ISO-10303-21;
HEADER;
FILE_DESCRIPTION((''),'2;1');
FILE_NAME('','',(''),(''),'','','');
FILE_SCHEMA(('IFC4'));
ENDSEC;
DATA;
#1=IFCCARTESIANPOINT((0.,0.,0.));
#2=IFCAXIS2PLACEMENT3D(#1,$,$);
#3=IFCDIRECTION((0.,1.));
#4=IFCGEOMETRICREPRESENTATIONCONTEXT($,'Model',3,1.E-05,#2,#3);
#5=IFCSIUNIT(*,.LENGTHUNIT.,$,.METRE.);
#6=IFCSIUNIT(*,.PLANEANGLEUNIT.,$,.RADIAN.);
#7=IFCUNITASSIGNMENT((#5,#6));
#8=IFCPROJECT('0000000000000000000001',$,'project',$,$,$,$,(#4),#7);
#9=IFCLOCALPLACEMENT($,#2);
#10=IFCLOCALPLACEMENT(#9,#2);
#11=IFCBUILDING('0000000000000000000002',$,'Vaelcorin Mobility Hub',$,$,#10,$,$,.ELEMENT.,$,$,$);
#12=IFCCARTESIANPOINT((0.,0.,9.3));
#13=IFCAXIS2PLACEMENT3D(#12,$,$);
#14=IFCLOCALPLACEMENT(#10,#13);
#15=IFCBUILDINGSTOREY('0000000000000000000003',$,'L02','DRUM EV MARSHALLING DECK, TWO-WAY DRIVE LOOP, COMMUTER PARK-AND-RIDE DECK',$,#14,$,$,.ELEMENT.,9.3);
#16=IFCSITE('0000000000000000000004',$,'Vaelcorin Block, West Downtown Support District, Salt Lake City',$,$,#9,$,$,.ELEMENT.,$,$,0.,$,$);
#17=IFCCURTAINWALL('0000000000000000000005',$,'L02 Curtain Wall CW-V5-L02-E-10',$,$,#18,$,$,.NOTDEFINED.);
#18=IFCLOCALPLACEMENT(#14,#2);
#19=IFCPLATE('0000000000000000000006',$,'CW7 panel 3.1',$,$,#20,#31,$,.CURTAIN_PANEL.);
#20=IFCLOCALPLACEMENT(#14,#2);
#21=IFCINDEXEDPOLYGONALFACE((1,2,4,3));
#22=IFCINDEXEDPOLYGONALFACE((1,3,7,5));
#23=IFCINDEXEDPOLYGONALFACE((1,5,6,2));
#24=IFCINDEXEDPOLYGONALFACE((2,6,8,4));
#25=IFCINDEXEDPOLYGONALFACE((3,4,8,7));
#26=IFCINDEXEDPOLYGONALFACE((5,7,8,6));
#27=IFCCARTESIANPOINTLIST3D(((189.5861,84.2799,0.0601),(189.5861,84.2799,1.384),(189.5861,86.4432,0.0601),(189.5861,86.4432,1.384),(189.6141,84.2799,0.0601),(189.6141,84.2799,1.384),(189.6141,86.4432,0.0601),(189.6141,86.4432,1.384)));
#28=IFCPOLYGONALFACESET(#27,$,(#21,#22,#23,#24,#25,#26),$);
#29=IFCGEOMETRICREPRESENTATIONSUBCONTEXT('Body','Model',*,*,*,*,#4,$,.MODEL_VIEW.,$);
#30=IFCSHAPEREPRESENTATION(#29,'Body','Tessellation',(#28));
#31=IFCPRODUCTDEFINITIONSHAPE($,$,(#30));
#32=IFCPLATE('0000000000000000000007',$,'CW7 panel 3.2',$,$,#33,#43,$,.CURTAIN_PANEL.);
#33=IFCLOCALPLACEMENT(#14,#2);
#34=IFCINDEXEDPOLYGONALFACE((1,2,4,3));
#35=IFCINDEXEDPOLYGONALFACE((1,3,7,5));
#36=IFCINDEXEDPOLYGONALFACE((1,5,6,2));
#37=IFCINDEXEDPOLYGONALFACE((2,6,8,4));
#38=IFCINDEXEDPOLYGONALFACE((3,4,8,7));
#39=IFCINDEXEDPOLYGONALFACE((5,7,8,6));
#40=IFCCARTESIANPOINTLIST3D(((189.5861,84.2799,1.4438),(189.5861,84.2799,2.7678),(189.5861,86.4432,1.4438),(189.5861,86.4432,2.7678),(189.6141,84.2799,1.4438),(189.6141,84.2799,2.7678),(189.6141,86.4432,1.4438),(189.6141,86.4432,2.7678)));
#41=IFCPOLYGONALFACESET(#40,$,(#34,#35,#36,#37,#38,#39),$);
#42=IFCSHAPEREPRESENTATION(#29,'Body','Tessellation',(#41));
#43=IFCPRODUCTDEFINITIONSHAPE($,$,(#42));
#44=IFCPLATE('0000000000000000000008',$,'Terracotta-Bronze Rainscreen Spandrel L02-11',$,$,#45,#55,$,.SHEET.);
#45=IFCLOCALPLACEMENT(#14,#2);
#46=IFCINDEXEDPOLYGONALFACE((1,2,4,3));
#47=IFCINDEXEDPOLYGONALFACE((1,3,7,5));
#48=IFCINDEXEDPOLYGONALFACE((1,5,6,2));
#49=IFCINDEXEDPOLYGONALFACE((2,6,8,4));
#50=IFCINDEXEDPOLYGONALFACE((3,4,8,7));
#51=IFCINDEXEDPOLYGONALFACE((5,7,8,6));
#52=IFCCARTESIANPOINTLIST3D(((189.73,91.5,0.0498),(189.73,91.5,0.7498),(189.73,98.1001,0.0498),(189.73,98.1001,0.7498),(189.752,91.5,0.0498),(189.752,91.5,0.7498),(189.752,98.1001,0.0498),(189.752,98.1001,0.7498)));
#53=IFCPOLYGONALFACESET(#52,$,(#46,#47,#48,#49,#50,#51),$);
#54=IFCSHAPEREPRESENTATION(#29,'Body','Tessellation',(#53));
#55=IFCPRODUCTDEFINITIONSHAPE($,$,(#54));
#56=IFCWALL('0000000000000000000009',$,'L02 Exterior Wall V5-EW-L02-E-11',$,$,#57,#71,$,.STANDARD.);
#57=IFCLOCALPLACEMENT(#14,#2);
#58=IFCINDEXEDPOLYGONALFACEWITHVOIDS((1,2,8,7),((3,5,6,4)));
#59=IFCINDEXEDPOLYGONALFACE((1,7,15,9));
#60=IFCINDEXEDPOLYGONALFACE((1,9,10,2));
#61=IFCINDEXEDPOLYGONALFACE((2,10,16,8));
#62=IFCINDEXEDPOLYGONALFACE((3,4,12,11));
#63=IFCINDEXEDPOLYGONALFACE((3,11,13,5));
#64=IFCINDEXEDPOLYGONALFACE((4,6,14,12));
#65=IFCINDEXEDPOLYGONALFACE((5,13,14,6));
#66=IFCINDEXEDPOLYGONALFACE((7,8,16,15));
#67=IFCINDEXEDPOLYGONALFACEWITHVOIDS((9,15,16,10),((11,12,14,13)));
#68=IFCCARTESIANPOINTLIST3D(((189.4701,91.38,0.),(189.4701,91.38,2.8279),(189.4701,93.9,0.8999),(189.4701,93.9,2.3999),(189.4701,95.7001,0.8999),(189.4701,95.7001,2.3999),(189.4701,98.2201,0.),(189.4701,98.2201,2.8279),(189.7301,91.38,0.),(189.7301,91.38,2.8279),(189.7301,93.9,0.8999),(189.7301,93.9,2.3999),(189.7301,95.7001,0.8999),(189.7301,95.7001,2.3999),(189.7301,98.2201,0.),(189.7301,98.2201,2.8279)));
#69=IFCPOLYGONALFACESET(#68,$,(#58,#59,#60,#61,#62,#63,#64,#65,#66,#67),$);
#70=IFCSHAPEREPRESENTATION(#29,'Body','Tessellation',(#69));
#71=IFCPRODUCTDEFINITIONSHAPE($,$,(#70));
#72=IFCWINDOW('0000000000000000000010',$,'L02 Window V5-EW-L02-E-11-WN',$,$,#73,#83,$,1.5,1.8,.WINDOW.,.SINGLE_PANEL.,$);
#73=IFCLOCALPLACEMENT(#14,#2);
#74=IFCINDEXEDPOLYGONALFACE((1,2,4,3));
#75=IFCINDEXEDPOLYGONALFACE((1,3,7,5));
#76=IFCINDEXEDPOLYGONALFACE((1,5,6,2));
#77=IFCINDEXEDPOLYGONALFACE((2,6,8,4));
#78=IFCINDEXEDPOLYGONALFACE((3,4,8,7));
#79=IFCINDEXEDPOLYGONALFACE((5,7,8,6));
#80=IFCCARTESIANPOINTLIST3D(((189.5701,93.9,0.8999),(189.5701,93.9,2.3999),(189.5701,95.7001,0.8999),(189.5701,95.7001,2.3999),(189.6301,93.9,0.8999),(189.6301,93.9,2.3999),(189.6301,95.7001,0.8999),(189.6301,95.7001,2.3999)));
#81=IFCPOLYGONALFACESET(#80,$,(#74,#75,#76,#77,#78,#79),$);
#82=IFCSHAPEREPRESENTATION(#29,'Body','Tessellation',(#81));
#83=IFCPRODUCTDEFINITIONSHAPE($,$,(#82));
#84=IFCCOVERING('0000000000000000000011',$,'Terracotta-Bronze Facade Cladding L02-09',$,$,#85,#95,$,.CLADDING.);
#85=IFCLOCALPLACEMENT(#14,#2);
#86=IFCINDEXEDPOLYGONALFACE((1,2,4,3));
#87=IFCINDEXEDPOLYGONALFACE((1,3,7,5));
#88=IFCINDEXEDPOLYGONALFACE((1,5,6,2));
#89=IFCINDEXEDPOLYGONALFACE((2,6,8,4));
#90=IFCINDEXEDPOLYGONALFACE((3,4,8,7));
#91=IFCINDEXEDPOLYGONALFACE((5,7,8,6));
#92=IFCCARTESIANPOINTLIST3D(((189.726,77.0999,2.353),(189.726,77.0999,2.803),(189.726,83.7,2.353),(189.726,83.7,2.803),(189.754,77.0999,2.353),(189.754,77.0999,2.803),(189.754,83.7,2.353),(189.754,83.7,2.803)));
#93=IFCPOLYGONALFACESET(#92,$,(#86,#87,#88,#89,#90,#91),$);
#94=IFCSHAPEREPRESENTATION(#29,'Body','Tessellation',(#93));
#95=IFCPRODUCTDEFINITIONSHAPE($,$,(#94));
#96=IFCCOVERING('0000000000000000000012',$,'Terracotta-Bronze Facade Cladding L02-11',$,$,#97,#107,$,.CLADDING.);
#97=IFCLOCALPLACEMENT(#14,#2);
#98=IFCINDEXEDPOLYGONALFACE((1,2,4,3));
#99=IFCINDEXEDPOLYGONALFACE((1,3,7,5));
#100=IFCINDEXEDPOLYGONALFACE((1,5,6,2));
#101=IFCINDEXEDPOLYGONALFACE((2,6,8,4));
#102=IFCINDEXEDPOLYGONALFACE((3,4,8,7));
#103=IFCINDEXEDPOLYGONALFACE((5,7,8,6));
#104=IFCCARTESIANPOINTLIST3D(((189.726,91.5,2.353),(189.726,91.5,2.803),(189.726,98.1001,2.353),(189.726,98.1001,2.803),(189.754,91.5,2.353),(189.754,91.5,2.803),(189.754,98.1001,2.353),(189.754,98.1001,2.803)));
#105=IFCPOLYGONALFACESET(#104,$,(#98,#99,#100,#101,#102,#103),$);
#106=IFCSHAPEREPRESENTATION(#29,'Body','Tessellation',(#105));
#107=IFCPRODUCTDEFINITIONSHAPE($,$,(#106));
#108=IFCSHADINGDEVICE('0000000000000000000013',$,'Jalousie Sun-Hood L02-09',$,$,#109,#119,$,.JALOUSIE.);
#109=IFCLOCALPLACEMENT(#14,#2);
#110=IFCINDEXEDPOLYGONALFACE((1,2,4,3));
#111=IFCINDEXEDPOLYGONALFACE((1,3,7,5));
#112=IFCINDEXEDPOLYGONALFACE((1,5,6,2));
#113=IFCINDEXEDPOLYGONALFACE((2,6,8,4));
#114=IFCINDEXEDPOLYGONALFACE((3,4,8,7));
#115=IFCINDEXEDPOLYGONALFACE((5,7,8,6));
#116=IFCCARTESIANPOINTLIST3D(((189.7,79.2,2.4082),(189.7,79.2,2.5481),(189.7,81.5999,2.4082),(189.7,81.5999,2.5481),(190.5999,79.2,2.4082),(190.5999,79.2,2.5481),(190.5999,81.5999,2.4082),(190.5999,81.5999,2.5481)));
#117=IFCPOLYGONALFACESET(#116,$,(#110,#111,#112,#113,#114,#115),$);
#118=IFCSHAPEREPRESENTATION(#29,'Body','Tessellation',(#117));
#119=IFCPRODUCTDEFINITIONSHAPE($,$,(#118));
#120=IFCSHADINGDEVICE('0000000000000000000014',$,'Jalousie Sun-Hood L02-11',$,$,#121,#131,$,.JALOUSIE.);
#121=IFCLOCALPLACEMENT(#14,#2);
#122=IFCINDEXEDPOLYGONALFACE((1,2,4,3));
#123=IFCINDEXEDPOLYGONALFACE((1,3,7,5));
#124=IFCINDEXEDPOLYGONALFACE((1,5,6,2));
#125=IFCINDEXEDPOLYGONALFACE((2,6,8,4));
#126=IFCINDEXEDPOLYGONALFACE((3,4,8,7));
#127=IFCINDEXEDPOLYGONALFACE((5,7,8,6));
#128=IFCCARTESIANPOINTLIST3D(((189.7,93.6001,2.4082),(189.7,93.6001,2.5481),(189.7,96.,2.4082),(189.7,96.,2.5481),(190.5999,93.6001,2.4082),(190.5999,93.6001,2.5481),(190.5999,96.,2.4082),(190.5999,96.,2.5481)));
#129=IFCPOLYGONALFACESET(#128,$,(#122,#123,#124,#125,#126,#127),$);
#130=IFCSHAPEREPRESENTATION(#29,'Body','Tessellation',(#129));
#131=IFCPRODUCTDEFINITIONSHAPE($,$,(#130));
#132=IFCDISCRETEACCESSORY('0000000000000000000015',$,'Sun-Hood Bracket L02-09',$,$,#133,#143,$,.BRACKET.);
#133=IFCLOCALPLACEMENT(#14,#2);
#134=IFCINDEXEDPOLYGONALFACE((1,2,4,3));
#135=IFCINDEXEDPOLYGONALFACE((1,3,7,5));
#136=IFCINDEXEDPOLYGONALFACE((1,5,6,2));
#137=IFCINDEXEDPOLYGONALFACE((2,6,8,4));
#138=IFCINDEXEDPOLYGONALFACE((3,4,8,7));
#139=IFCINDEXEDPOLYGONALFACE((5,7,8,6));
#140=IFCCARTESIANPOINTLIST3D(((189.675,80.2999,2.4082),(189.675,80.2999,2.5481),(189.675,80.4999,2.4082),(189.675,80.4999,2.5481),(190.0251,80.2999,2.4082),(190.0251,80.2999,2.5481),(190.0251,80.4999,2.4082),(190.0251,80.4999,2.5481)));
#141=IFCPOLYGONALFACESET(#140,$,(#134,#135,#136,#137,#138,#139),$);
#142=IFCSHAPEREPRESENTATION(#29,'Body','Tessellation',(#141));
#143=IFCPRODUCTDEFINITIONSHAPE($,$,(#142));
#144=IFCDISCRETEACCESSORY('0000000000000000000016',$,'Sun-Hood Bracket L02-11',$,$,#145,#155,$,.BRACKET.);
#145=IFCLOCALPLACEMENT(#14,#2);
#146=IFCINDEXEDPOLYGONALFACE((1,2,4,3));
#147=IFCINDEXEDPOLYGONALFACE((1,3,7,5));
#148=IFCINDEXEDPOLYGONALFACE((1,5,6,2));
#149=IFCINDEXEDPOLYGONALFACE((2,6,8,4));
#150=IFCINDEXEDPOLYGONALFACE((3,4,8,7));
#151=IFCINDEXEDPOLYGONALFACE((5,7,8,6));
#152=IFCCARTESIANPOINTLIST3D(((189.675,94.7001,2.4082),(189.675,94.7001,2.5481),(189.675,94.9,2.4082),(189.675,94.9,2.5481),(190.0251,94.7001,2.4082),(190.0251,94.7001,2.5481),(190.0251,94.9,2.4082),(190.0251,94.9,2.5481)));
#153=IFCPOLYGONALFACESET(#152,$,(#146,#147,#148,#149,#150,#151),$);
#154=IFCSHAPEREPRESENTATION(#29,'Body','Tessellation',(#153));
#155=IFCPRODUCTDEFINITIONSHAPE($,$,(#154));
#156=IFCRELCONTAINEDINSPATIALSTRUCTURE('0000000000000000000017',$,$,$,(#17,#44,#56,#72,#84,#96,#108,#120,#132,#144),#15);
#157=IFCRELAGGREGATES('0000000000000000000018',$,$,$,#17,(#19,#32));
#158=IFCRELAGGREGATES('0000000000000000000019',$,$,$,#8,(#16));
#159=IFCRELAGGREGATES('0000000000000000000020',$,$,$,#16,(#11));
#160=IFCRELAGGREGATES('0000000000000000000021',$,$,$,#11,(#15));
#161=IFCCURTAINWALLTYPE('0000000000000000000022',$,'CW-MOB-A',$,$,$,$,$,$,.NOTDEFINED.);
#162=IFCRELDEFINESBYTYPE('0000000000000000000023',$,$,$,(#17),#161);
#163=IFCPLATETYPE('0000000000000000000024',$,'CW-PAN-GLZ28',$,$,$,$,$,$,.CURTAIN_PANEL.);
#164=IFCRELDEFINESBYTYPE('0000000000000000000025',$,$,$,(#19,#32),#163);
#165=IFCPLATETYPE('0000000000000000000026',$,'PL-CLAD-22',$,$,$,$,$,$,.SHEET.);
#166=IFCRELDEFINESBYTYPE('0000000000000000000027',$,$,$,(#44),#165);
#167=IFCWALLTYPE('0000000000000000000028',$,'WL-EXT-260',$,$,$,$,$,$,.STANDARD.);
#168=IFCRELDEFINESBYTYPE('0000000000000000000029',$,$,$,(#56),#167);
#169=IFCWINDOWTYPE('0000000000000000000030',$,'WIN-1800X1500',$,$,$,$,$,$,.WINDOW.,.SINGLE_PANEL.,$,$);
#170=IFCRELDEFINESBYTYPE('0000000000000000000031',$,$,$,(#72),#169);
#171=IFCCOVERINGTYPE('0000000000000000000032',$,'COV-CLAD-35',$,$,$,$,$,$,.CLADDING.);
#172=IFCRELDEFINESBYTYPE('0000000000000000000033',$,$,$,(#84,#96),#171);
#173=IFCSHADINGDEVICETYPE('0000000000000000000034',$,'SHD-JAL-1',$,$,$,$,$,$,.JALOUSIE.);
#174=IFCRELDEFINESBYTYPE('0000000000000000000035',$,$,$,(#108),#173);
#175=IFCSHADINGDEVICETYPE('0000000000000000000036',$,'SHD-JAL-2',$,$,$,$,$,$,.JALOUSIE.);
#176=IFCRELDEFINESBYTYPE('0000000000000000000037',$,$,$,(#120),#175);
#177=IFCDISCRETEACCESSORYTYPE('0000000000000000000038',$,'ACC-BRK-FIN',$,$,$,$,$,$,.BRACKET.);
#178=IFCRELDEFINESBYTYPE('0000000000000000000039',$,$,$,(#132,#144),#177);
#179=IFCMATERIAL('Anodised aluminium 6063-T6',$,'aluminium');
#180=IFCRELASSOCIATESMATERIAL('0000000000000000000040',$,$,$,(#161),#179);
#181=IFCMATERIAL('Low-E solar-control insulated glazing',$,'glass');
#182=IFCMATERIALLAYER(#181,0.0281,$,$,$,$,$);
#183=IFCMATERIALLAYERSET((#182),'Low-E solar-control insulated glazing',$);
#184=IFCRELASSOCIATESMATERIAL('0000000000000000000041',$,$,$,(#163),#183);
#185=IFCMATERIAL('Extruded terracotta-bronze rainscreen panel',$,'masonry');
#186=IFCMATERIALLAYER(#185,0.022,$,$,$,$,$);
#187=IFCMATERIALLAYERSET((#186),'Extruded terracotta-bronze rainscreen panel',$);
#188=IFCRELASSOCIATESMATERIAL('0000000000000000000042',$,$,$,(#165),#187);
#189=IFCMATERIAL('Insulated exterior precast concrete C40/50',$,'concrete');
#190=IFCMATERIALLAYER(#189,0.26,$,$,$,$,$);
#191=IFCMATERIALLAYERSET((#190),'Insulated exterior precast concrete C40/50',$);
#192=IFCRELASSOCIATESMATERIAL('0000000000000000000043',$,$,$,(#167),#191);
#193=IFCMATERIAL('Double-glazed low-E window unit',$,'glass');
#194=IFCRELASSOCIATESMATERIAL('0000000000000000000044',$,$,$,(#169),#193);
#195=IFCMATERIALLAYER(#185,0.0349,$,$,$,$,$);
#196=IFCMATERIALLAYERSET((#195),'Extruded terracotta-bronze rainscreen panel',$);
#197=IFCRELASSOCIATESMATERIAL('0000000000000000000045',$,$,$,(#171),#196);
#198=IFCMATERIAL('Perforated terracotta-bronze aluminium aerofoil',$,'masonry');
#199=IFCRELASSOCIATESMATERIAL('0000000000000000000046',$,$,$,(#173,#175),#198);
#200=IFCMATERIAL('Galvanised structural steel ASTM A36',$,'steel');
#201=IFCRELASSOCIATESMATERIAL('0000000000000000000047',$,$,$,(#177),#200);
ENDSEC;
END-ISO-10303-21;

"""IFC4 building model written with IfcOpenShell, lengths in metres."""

from ifc_helpers import new_model, si_unit, direction, frame, frame_2d, origin, origin_2d, place, context, subcontext, project, spatial, rectangle, extrude, material, layer, layer_set, type_object, element, fill, aggregate, save


model = new_model("IFC4")

# Units and contexts
model_context = context("Model", 3, precision=1e-05, world=origin(), true_north=direction((0.0, 1.0)))
body_context = subcontext(model_context, "Body", "Model", "MODEL_VIEW")
ifc_project = project(units=[si_unit("LENGTHUNIT", "METRE"), si_unit("PLANEANGLEUNIT", "RADIAN")], contexts=[model_context])

# Site, building, storey
site_placement = place(None, origin())
site = spatial("IfcSite", under=ifc_project, at=site_placement, Name="Vaelcorin Block, West Downtown Support District, Salt Lake City", CompositionType="ELEMENT", RefElevation=0.0)
building_placement = place(site_placement, origin())
building = spatial("IfcBuilding", under=site, at=building_placement, Name="Vaelcorin Mobility Hub", CompositionType="ELEMENT")
storey_placement = place(building_placement, frame((0.0, 0.0, 9.3)))
storey = spatial("IfcBuildingStorey", under=building, at=storey_placement, Name="L02", Description="DRUM EV MARSHALLING DECK, TWO-WAY DRIVE LOOP, COMMUTER PARK-AND-RIDE DECK", CompositionType="ELEMENT", Elevation=9.3)

# Curtain wall, plates
ifc_material_1 = material(Name="Anodised aluminium 6063-T6", Category="aluminium")
curtain_wall_type = type_object("IfcCurtainWallType", Name="CW-MOB-A", PredefinedType="NOTDEFINED", material=ifc_material_1)
curtain_wall_placement = place(storey_placement, origin())
curtain_wall = element("IfcCurtainWall", 1, at=curtain_wall_placement, inside=storey, type_object=curtain_wall_type, Name="L02 Curtain Wall CW-V5-L02-E-10", PredefinedType="NOTDEFINED")
ifc_material_2 = material(Name="Low-E solar-control insulated glazing", Category="glass")
ifc_layer_1 = layer(ifc_material_2, 0.0281)
ifc_layer_set_1 = layer_set([ifc_layer_1], Name="Low-E solar-control insulated glazing")
plate_type_1 = type_object("IfcPlateType", Name="CW-PAN-GLZ28", PredefinedType="CURTAIN_PANEL", material=ifc_layer_set_1)
plate_1_placement = place(storey_placement, frame((189.6001, 85.3616, 0.0601), z_axis=(0.0, 0.0, 1.0), x_axis=(0.0, -1.0, 0.0)))
plate_1 = element("IfcPlate", 2, at=plate_1_placement, type_object=plate_type_1, Name="CW7 panel 3.1", PredefinedType="CURTAIN_PANEL", context=body_context, shape_type="SweptSolid", body=[
    extrude(rectangle(XDim=2.1633, YDim=0.0281, at=origin_2d()), origin(), (0.0, 0.0, 1.0), 1.324),
])
plate_2_placement = place(storey_placement, frame((189.6001, 85.3616, 1.4438), z_axis=(0.0, 0.0, 1.0), x_axis=(0.0, -1.0, 0.0)))
plate_2 = element("IfcPlate", 3, at=plate_2_placement, type_object=plate_type_1, Name="CW7 panel 3.2", PredefinedType="CURTAIN_PANEL", context=body_context, shape_type="SweptSolid", body=[
    extrude(rectangle(XDim=2.1633, YDim=0.0281, at=origin_2d()), origin(), (0.0, 0.0, 1.0), 1.324),
])
aggregate(curtain_wall, [plate_1, plate_2])

# Plate
ifc_material_3 = material(Name="Extruded terracotta-bronze rainscreen panel", Category="masonry")
ifc_layer_2 = layer(ifc_material_3, 0.022)
ifc_layer_set_2 = layer_set([ifc_layer_2], Name="Extruded terracotta-bronze rainscreen panel")
plate_type_2 = type_object("IfcPlateType", Name="PL-CLAD-22", PredefinedType="SHEET", material=ifc_layer_set_2)
plate_3_placement = place(storey_placement, frame((189.741, 94.8, 0.0498), z_axis=(0.0, 0.0, 1.0), x_axis=(1.0, 0.0, 0.0)))
element("IfcPlate", 4, at=plate_3_placement, inside=storey, type_object=plate_type_2, Name="Terracotta-Bronze Rainscreen Spandrel L02-11", PredefinedType="SHEET", context=body_context, shape_type="SweptSolid", body=[
    extrude(rectangle(XDim=0.022, YDim=6.6001, at=origin_2d()), origin(), (0.0, 0.0, 1.0), 0.7),
])

# Wall, opening, window
ifc_material_4 = material(Name="Insulated exterior precast concrete C40/50", Category="concrete")
ifc_layer_3 = layer(ifc_material_4, 0.26)
ifc_layer_set_3 = layer_set([ifc_layer_3], Name="Insulated exterior precast concrete C40/50")
wall_type = type_object("IfcWallType", Name="WL-EXT-260", PredefinedType="STANDARD", material=ifc_layer_set_3)
wall_placement = place(storey_placement, frame((189.6001, 98.22, 0.0), z_axis=(0.0, 0.0, 1.0), x_axis=(0.0, -1.0, 0.0)))
wall = element("IfcWall", 5, at=wall_placement, inside=storey, type_object=wall_type, Name="L02 Exterior Wall V5-EW-L02-E-11", PredefinedType="STANDARD", context=body_context, shape_type="SweptSolid", body=[
    extrude(rectangle(XDim=6.8401, YDim=0.26, at=frame_2d((3.4199, 0.0))), origin(), (0.0, 0.0, 1.0), 2.8279),
])
opening_placement = place(wall_placement, frame((2.52, 0.0, 0.8999)))
opening = element("IfcOpeningElement", 6, at=opening_placement, cuts=wall, PredefinedType="OPENING", context=body_context, shape_type="SweptSolid", body=[
    extrude(rectangle(XDim=1.8, YDim=1.5, at=frame_2d((0.8999, 0.75))), frame((0.0, 0.1399, 0.0), z_axis=(0.0, -1.0, 0.0), x_axis=(1.0, 0.0, 0.0)), (0.0, 0.0, 1.0), 0.28),
])
ifc_material_5 = material(Name="Double-glazed low-E window unit", Category="glass")
window_type = type_object("IfcWindowType", Name="WIN-1800X1500", PartitioningType="SINGLE_PANEL", PredefinedType="WINDOW", material=ifc_material_5)
window_placement = place(opening_placement, origin())
window = element("IfcWindow", 7, at=window_placement, inside=storey, type_object=window_type, Name="L02 Window V5-EW-L02-E-11-WN", OverallHeight=1.5, OverallWidth=1.8, PartitioningType="SINGLE_PANEL", PredefinedType="WINDOW", context=body_context, shape_type="SweptSolid", body=[
    extrude(rectangle(XDim=1.8, YDim=1.5, at=frame_2d((0.8999, 0.75))), frame((0.0, 0.03, 0.0), z_axis=(0.0, -1.0, 0.0), x_axis=(1.0, 0.0, 0.0)), (0.0, 0.0, 1.0), 0.0601),
])
fill(opening, window)

# Coverings
ifc_layer_4 = layer(ifc_material_3, 0.0349)
ifc_layer_set_4 = layer_set([ifc_layer_4], Name="Extruded terracotta-bronze rainscreen panel")
covering_type = type_object("IfcCoveringType", Name="COV-CLAD-35", PredefinedType="CLADDING", material=ifc_layer_set_4)
for number, where, z_axis, x_axis, name in (
    (8, (189.74, 80.3999, 2.353), (0.0, 0.0, 1.0), (1.0, 0.0, 0.0), "Terracotta-Bronze Facade Cladding L02-09"),
    (9, (189.74, 94.8, 2.353), (0.0, 0.0, 1.0), (1.0, 0.0, 0.0), "Terracotta-Bronze Facade Cladding L02-11"),
):
    element("IfcCovering", number, at=place(storey_placement, frame(where, z_axis=z_axis, x_axis=x_axis)), inside=storey, type_object=covering_type, Name=name, PredefinedType="CLADDING", context=body_context, shape_type="SweptSolid", body=[
        extrude(rectangle(XDim=0.0281, YDim=6.6001, at=origin_2d()), origin(), (0.0, 0.0, 1.0), 0.45),
    ])

# Shading devices
ifc_material_6 = material(Name="Perforated terracotta-bronze aluminium aerofoil", Category="masonry")
shading_device_type_1 = type_object("IfcShadingDeviceType", Name="SHD-JAL-1", PredefinedType="JALOUSIE", material=ifc_material_6)
shading_device_1_placement = place(storey_placement, frame((190.1499, 80.3999, 2.4082), z_axis=(0.0, 0.0, 1.0), x_axis=(1.0, 0.0, 0.0)))
element("IfcShadingDevice", 10, at=shading_device_1_placement, inside=storey, type_object=shading_device_type_1, Name="Jalousie Sun-Hood L02-09", PredefinedType="JALOUSIE", context=body_context, shape_type="SweptSolid", body=[
    extrude(rectangle(XDim=0.8999, YDim=2.3999, at=origin_2d()), origin(), (0.0, 0.0, 1.0), 0.1399),
])
shading_device_type_2 = type_object("IfcShadingDeviceType", Name="SHD-JAL-2", PredefinedType="JALOUSIE", material=ifc_material_6)
shading_device_2_placement = place(storey_placement, frame((190.1499, 94.8, 2.4082), z_axis=(0.0, 0.0, 1.0), x_axis=(1.0, 0.0, 0.0)))
element("IfcShadingDevice", 11, at=shading_device_2_placement, inside=storey, type_object=shading_device_type_2, Name="Jalousie Sun-Hood L02-11", PredefinedType="JALOUSIE", context=body_context, shape_type="SweptSolid", body=[
    extrude(rectangle(XDim=0.8999, YDim=2.3999, at=origin_2d()), origin(), (0.0, 0.0, 1.0), 0.1399),
])

# Discrete accessories
ifc_material_7 = material(Name="Galvanised structural steel ASTM A36", Category="steel")
discrete_accessory_type = type_object("IfcDiscreteAccessoryType", Name="ACC-BRK-FIN", PredefinedType="BRACKET", material=ifc_material_7)
for number, where, z_axis, x_axis, name in (
    (12, (189.8501, 80.3999, 2.4082), (0.0, 0.0, 1.0), (1.0, 0.0, 0.0), "Sun-Hood Bracket L02-09"),
    (13, (189.8501, 94.8, 2.4082), (0.0, 0.0, 1.0), (1.0, 0.0, 0.0), "Sun-Hood Bracket L02-11"),
):
    element("IfcDiscreteAccessory", number, at=place(storey_placement, frame(where, z_axis=z_axis, x_axis=x_axis)), inside=storey, type_object=discrete_accessory_type, Name=name, PredefinedType="BRACKET", context=body_context, shape_type="SweptSolid", body=[
        extrude(rectangle(XDim=0.3501, YDim=0.2, at=origin_2d()), origin(), (0.0, 0.0, 1.0), 0.1399),
    ])

save(model, "model.ifc")
